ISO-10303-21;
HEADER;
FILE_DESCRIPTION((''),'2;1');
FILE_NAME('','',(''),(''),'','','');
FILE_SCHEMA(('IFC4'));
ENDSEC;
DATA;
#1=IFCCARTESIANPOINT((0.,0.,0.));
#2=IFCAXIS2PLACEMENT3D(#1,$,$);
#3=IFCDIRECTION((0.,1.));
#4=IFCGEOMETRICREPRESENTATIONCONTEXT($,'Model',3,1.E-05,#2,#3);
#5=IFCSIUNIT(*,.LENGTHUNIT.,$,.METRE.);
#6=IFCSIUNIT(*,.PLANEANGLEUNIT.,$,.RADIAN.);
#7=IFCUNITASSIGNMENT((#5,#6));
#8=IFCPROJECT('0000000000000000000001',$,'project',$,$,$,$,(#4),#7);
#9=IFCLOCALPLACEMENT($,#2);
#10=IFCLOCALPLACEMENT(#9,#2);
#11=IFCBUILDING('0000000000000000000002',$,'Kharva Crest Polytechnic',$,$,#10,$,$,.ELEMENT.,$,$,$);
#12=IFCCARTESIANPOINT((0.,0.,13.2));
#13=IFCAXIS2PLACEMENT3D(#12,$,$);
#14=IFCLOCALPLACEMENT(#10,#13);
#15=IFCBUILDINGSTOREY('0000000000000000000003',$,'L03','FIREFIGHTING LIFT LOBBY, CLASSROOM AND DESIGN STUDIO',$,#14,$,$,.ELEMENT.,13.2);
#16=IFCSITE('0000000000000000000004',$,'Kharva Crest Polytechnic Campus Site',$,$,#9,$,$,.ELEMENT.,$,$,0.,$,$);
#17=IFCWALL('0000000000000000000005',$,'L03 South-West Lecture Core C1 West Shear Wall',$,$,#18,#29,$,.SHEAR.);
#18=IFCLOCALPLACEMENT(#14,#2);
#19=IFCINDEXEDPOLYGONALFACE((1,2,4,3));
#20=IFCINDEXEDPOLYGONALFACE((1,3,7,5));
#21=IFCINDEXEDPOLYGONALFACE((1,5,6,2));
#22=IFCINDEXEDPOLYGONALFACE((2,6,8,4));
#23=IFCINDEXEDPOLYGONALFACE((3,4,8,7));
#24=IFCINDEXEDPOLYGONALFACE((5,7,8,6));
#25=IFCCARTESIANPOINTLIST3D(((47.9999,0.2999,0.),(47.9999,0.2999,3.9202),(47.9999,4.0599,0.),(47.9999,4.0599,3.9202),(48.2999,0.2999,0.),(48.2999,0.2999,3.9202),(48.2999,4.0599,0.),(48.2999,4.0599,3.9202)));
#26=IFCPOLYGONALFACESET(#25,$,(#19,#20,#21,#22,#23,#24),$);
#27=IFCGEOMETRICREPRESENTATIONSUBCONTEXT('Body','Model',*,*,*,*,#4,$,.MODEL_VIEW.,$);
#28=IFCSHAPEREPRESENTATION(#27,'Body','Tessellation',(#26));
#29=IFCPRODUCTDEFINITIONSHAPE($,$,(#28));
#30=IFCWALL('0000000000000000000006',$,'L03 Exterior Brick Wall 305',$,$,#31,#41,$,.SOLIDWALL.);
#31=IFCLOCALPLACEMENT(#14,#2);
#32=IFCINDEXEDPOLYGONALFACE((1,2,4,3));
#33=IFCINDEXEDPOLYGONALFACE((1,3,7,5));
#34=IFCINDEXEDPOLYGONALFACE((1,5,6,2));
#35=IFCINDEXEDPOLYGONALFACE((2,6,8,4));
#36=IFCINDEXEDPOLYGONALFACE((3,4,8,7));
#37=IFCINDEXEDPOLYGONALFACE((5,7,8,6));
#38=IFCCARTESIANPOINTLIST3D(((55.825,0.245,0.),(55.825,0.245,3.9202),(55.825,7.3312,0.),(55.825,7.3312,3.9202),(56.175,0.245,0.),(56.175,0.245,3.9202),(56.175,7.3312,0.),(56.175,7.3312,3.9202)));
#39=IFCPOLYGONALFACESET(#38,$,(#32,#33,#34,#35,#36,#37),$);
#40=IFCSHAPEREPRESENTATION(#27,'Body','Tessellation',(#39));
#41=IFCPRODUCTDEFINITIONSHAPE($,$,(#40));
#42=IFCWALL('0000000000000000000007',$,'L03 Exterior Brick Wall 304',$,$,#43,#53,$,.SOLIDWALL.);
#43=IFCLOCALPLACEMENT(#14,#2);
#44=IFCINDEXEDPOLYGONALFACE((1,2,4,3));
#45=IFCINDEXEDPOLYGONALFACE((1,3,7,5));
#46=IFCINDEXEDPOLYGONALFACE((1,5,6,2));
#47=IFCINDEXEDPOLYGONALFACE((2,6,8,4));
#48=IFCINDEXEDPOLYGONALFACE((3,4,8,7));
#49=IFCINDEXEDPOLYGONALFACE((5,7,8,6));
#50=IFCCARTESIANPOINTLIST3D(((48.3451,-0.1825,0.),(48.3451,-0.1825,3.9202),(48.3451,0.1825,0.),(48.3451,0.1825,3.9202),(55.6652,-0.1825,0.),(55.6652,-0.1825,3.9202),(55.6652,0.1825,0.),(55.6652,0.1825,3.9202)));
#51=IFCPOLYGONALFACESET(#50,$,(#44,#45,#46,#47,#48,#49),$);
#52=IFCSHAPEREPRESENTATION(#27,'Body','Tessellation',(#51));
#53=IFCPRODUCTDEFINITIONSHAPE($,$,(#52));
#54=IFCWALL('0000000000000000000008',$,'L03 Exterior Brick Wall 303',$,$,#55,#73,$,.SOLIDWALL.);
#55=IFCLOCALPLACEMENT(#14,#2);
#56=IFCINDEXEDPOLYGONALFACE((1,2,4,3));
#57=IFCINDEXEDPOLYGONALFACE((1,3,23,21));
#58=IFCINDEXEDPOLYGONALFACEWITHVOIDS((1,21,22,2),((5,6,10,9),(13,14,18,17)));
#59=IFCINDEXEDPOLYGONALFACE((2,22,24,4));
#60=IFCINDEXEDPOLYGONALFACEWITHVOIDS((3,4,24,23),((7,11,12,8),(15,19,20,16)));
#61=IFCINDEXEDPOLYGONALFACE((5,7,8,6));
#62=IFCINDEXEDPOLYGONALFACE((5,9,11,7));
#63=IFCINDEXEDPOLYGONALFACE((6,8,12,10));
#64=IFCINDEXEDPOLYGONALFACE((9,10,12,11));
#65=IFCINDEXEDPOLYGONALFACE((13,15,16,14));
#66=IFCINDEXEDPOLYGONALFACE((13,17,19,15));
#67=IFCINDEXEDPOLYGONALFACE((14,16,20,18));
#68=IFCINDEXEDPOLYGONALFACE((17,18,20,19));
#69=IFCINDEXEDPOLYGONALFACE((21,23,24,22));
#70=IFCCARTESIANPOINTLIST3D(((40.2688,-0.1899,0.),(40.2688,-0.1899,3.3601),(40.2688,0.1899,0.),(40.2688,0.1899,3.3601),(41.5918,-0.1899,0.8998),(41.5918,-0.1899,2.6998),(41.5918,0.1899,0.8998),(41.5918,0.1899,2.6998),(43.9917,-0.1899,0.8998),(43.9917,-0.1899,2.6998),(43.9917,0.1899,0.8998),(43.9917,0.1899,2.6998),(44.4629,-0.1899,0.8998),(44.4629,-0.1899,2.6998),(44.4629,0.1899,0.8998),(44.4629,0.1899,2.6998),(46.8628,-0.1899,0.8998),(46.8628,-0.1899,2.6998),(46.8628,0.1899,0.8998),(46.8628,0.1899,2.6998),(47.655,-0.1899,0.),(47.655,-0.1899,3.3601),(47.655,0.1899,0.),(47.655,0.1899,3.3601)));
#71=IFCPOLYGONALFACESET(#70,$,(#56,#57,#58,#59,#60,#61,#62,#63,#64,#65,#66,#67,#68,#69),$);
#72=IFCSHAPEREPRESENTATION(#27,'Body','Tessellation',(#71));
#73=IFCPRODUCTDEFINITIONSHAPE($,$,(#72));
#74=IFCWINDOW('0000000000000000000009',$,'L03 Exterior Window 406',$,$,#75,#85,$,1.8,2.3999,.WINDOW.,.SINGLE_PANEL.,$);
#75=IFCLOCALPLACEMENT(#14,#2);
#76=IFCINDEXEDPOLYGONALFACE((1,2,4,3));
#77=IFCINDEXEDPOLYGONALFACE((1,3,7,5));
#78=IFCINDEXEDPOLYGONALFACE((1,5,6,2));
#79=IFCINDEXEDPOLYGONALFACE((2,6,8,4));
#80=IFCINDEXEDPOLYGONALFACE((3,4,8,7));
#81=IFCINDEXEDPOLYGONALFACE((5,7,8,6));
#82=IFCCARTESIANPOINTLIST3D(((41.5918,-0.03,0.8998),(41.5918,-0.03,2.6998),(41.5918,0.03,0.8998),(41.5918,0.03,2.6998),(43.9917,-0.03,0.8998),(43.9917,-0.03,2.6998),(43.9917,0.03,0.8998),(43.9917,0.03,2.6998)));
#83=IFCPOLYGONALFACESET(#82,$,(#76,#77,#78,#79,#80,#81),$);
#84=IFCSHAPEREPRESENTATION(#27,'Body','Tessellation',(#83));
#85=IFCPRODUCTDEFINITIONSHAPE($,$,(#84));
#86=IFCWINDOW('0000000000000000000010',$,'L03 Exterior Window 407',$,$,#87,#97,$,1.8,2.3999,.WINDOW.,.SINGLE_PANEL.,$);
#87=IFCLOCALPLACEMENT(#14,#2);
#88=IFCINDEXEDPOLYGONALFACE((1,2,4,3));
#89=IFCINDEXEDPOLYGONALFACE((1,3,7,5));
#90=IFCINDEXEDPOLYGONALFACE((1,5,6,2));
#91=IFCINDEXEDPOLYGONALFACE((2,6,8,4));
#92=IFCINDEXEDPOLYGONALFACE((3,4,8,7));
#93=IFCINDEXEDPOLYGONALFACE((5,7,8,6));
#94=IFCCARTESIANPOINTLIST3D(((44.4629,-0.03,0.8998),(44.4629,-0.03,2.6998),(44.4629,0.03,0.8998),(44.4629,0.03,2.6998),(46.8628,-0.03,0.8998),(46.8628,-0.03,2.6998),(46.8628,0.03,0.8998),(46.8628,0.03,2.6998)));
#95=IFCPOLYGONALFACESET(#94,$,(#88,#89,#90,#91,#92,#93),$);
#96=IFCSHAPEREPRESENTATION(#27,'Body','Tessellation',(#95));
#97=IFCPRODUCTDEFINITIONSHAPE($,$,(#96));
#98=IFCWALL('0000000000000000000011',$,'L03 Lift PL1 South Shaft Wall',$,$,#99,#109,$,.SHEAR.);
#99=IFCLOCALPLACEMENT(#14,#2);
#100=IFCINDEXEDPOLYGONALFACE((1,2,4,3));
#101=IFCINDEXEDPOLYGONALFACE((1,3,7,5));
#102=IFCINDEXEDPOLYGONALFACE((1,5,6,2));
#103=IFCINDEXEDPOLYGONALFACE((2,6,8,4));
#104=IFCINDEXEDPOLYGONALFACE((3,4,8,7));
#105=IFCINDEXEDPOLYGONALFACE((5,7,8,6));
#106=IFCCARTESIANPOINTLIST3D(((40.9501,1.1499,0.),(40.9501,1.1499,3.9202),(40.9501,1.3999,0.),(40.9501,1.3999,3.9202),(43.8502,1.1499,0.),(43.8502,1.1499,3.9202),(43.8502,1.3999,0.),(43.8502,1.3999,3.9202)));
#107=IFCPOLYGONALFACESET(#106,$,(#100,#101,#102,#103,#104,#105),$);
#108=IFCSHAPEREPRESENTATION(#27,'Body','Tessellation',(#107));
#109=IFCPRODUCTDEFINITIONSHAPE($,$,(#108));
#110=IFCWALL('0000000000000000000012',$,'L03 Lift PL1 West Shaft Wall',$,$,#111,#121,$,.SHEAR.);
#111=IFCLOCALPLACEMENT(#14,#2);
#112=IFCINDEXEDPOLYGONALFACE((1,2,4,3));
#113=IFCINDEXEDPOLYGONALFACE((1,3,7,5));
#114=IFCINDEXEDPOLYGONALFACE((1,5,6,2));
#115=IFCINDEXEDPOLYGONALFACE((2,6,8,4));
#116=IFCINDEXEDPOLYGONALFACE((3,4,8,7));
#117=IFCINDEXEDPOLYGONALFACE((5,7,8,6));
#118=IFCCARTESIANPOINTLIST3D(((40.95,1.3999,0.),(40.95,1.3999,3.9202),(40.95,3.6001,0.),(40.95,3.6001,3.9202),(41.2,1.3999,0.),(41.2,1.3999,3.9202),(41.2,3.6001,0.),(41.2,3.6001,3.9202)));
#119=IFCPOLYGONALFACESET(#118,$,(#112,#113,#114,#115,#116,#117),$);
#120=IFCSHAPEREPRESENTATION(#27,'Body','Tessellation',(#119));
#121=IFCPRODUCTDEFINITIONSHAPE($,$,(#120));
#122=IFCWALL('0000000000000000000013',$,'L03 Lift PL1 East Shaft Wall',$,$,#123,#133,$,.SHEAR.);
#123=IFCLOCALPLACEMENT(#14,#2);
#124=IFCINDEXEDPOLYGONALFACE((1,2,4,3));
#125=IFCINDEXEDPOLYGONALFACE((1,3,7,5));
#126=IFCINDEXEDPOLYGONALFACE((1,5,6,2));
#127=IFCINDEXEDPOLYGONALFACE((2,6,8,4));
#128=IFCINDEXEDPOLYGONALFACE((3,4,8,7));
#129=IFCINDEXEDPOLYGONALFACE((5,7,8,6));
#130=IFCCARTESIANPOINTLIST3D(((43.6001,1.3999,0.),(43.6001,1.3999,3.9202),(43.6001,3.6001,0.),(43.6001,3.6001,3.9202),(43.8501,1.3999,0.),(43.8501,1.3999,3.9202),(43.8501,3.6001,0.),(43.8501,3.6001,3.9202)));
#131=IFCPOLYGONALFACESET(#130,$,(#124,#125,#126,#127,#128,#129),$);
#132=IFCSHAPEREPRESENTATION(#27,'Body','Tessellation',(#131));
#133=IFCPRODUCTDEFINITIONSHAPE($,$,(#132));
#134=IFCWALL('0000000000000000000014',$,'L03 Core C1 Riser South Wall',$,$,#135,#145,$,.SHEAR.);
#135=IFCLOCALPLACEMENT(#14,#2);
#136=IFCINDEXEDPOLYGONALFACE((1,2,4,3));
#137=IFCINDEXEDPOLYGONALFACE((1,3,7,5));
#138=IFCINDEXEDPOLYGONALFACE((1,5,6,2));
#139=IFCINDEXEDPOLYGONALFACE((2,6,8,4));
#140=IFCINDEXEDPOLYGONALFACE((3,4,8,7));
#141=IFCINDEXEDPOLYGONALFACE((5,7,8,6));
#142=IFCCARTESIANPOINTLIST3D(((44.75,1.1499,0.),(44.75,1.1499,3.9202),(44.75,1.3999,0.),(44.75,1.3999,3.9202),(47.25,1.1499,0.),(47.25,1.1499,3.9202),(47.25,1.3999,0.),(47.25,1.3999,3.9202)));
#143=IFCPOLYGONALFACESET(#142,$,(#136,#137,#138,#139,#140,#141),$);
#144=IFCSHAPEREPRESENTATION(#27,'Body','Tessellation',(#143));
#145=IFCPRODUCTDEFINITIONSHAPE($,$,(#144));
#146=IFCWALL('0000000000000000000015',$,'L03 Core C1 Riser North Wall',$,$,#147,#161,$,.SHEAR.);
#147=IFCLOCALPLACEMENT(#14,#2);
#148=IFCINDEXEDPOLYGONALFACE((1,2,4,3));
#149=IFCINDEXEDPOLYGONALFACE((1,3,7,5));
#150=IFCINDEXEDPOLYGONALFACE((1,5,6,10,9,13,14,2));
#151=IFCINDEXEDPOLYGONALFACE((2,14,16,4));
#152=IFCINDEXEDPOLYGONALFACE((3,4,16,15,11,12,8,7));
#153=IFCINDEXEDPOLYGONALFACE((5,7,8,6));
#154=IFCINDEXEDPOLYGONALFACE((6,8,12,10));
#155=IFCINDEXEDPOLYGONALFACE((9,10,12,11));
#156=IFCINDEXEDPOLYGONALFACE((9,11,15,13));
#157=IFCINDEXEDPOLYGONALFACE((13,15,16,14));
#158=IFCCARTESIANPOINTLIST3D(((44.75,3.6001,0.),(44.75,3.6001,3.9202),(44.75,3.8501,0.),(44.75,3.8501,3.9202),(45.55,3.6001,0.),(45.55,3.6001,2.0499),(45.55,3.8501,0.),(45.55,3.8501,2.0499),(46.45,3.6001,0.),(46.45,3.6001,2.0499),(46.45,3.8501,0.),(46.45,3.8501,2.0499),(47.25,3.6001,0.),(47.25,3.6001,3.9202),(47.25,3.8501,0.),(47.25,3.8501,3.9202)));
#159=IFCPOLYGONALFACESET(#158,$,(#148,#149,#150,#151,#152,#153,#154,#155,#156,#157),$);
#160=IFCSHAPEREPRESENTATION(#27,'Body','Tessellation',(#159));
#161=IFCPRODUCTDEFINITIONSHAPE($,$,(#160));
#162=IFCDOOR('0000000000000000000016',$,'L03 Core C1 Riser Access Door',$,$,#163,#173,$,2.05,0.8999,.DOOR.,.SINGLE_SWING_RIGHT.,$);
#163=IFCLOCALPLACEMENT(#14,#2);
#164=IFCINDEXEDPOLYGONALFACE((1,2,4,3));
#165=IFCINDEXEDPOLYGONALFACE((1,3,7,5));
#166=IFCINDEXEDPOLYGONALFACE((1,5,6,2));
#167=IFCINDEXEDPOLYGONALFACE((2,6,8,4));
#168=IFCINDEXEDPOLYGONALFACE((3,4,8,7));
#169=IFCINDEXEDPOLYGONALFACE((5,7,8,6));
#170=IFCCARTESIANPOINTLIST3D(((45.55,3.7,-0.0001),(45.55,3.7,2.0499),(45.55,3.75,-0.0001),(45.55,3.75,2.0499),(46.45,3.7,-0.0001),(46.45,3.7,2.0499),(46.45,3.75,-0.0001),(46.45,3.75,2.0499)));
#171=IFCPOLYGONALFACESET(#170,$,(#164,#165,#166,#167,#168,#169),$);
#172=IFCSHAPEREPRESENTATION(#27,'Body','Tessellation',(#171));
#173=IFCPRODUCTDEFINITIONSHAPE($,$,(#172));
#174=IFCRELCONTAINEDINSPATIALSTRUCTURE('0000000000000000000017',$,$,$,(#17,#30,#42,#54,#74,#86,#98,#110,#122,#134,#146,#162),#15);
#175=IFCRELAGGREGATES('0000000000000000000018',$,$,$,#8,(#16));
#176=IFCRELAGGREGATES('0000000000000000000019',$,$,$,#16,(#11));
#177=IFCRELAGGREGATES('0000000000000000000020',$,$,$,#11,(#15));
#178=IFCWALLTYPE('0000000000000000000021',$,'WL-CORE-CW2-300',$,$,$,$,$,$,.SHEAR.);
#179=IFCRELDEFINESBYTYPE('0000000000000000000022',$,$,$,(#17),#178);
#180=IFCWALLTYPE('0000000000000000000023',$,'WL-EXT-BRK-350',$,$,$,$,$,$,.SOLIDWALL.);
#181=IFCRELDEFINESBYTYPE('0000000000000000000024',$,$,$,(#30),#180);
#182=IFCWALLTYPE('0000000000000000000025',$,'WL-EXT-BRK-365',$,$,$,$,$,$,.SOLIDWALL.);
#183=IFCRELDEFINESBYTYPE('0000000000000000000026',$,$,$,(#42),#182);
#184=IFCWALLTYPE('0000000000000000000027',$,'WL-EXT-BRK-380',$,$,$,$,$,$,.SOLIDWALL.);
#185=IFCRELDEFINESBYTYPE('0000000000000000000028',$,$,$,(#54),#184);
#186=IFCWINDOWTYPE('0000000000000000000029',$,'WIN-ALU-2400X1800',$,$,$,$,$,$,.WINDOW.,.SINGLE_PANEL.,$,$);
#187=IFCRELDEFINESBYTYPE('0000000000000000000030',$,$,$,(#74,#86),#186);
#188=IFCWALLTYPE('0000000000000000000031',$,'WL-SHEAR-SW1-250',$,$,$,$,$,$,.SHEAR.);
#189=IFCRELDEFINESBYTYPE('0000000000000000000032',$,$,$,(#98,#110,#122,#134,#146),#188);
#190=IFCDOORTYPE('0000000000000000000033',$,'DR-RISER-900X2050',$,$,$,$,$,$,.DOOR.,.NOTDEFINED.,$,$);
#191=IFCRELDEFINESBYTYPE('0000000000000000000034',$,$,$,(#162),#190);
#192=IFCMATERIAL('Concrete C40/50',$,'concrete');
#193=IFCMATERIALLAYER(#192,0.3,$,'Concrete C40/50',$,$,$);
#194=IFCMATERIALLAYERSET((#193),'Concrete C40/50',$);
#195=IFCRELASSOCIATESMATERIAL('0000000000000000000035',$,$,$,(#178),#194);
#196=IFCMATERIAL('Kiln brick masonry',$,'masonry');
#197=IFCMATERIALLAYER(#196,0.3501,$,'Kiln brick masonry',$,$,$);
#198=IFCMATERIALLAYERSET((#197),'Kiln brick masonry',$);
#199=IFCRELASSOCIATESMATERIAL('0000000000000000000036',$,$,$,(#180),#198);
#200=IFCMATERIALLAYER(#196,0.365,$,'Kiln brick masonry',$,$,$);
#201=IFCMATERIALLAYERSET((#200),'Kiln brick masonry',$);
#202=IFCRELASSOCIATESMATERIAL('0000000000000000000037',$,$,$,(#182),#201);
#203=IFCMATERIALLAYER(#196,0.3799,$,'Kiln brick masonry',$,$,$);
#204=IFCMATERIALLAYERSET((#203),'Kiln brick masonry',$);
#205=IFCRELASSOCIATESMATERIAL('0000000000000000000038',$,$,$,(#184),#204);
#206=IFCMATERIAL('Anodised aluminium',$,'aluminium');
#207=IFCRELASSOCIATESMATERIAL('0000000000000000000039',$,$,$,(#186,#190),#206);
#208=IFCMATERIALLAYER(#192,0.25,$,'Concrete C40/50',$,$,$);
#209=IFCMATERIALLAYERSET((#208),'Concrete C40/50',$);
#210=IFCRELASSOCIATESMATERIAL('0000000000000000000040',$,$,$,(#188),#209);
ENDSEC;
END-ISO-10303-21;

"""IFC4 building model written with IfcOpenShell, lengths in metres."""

from ifc_helpers import new_model, si_unit, direction, frame, frame_2d, origin, place, context, subcontext, project, spatial, rectangle, extrude, material, layer, layer_set, type_object, element, fill, save


model = new_model("IFC4")

# Units and contexts
model_context = context("Model", 3, precision=1e-05, world=origin(), true_north=direction((0.0, 1.0)))
body_context = subcontext(model_context, "Body", "Model", "MODEL_VIEW")
ifc_project = project(units=[si_unit("LENGTHUNIT", "METRE"), si_unit("PLANEANGLEUNIT", "RADIAN")], contexts=[model_context])

# Site, building, storey
site_placement = place(None, origin())
site = spatial("IfcSite", under=ifc_project, at=site_placement, Name="Kharva Crest Polytechnic Campus Site", CompositionType="ELEMENT", RefElevation=0.0)
building_placement = place(site_placement, origin())
building = spatial("IfcBuilding", under=site, at=building_placement, Name="Kharva Crest Polytechnic", CompositionType="ELEMENT")
storey_placement = place(building_placement, frame((0.0, 0.0, 13.2)))
storey = spatial("IfcBuildingStorey", under=building, at=storey_placement, Name="L03", Description="FIREFIGHTING LIFT LOBBY, CLASSROOM AND DESIGN STUDIO", CompositionType="ELEMENT", Elevation=13.2)

# Shared definitions
ifc_material_1 = material(Name="Concrete C40/50", Category="concrete")

# Shared definitions
ifc_layer_1 = layer(ifc_material_1, 0.3, Name="Concrete C40/50")
ifc_layer_set_1 = layer_set([ifc_layer_1], Name="Concrete C40/50")
wall_type_1 = type_object("IfcWallType", Name="WL-CORE-CW2-300", PredefinedType="SHEAR", material=ifc_layer_set_1)

# Walls
wall_1_placement = place(storey_placement, frame((48.1499, 0.3, 0.0), z_axis=(0.0, 0.0, 1.0), x_axis=(0.0, 1.0, 0.0)))
element("IfcWall", 1, at=wall_1_placement, inside=storey, type_object=wall_type_1, Name="L03 South-West Lecture Core C1 West Shear Wall", PredefinedType="SHEAR", context=body_context, shape_type="SweptSolid", body=[
    extrude(rectangle(XDim=3.76, YDim=0.3, at=frame_2d((1.8799, 0.0))), origin(), (0.0, 0.0, 1.0), 3.9202),
])
ifc_material_2 = material(Name="Kiln brick masonry", Category="masonry")
ifc_layer_2 = layer(ifc_material_2, 0.3501, Name="Kiln brick masonry")
ifc_layer_set_2 = layer_set([ifc_layer_2], Name="Kiln brick masonry")
wall_type_2 = type_object("IfcWallType", Name="WL-EXT-BRK-350", PredefinedType="SOLIDWALL", material=ifc_layer_set_2)
wall_2_placement = place(storey_placement, frame((56.0, 0.2451, 0.0), z_axis=(0.0, 0.0, 1.0), x_axis=(0.0, 1.0, 0.0)))
element("IfcWall", 2, at=wall_2_placement, inside=storey, type_object=wall_type_2, Name="L03 Exterior Brick Wall 305", PredefinedType="SOLIDWALL", context=body_context, shape_type="SweptSolid", body=[
    extrude(rectangle(XDim=7.0862, YDim=0.3501, at=frame_2d((3.543, 0.0))), origin(), (0.0, 0.0, 1.0), 3.9202),
])
ifc_layer_3 = layer(ifc_material_2, 0.365, Name="Kiln brick masonry")
ifc_layer_set_3 = layer_set([ifc_layer_3], Name="Kiln brick masonry")
wall_type_3 = type_object("IfcWallType", Name="WL-EXT-BRK-365", PredefinedType="SOLIDWALL", material=ifc_layer_set_3)
wall_3_placement = place(storey_placement, frame((48.345, 0.0, 0.0), z_axis=(0.0, 0.0, 1.0), x_axis=(1.0, 0.0, 0.0)))
element("IfcWall", 3, at=wall_3_placement, inside=storey, type_object=wall_type_3, Name="L03 Exterior Brick Wall 304", PredefinedType="SOLIDWALL", context=body_context, shape_type="SweptSolid", body=[
    extrude(rectangle(XDim=7.3201, YDim=0.365, at=frame_2d((3.6602, 0.0))), origin(), (0.0, 0.0, 1.0), 3.9202),
])

# Wall, openings, windows
ifc_layer_4 = layer(ifc_material_2, 0.3799, Name="Kiln brick masonry")
ifc_layer_set_4 = layer_set([ifc_layer_4], Name="Kiln brick masonry")
wall_type_4 = type_object("IfcWallType", Name="WL-EXT-BRK-380", PredefinedType="SOLIDWALL", material=ifc_layer_set_4)
wall_4_placement = place(storey_placement, frame((40.2688, 0.0, 0.0), z_axis=(0.0, 0.0, 1.0), x_axis=(1.0, 0.0, 0.0)))
wall_4 = element("IfcWall", 4, at=wall_4_placement, inside=storey, type_object=wall_type_4, Name="L03 Exterior Brick Wall 303", PredefinedType="SOLIDWALL", context=body_context, shape_type="SweptSolid", body=[
    extrude(rectangle(XDim=7.3862, YDim=0.3799, at=frame_2d((3.6931, 0.0))), origin(), (0.0, 0.0, 1.0), 3.3601),
])
opening_1_placement = place(wall_4_placement, frame((1.323, 0.0, 0.8999)))
opening_1 = element("IfcOpeningElement", 5, at=opening_1_placement, cuts=wall_4, PredefinedType="OPENING", context=body_context, shape_type="SweptSolid", body=[
    extrude(rectangle(XDim=2.3999, YDim=1.8, at=frame_2d((1.2, 0.8999))), frame((0.0, 0.2, 0.0), z_axis=(0.0, -1.0, 0.0), x_axis=(1.0, 0.0, 0.0)), (0.0, 0.0, 1.0), 0.3999),
])
opening_2_placement = place(wall_4_placement, frame((4.1941, 0.0, 0.8999)))
opening_2 = element("IfcOpeningElement", 6, at=opening_2_placement, cuts=wall_4, PredefinedType="OPENING", context=body_context, shape_type="SweptSolid", body=[
    extrude(rectangle(XDim=2.3999, YDim=1.8, at=frame_2d((1.2, 0.8999))), frame((0.0, 0.2, 0.0), z_axis=(0.0, -1.0, 0.0), x_axis=(1.0, 0.0, 0.0)), (0.0, 0.0, 1.0), 0.3999),
])
ifc_material_3 = material(Name="Anodised aluminium", Category="aluminium")
window_type = type_object("IfcWindowType", Name="WIN-ALU-2400X1800", PartitioningType="SINGLE_PANEL", PredefinedType="WINDOW", material=ifc_material_3)
window_1_placement = place(opening_1_placement, origin())
window_1 = element("IfcWindow", 7, at=window_1_placement, inside=storey, type_object=window_type, Name="L03 Exterior Window 406", OverallHeight=1.8, OverallWidth=2.3999, PartitioningType="SINGLE_PANEL", PredefinedType="WINDOW", context=body_context, shape_type="SweptSolid", body=[
    extrude(rectangle(XDim=2.3999, YDim=1.8, at=frame_2d((1.2, 0.8999))), frame((0.0, 0.03, 0.0), z_axis=(0.0, -1.0, 0.0), x_axis=(1.0, 0.0, 0.0)), (0.0, 0.0, 1.0), 0.0601),
])
fill(opening_1, window_1)
window_2_placement = place(opening_2_placement, origin())
window_2 = element("IfcWindow", 8, at=window_2_placement, inside=storey, type_object=window_type, Name="L03 Exterior Window 407", OverallHeight=1.8, OverallWidth=2.3999, PartitioningType="SINGLE_PANEL", PredefinedType="WINDOW", context=body_context, shape_type="SweptSolid", body=[
    extrude(rectangle(XDim=2.3999, YDim=1.8, at=frame_2d((1.2, 0.8999))), frame((0.0, 0.03, 0.0), z_axis=(0.0, -1.0, 0.0), x_axis=(1.0, 0.0, 0.0)), (0.0, 0.0, 1.0), 0.0601),
])
fill(opening_2, window_2)

# Wall
ifc_layer_5 = layer(ifc_material_1, 0.25, Name="Concrete C40/50")
ifc_layer_set_5 = layer_set([ifc_layer_5], Name="Concrete C40/50")
wall_type_5 = type_object("IfcWallType", Name="WL-SHEAR-SW1-250", PredefinedType="SHEAR", material=ifc_layer_set_5)
wall_5_placement = place(storey_placement, frame((40.95, 1.2749, 0.0), z_axis=(0.0, 0.0, 1.0), x_axis=(1.0, 0.0, 0.0)))
element("IfcWall", 9, at=wall_5_placement, inside=storey, type_object=wall_type_5, Name="L03 Lift PL1 South Shaft Wall", PredefinedType="SHEAR", context=body_context, shape_type="SweptSolid", body=[
    extrude(rectangle(XDim=2.9001, YDim=0.25, at=frame_2d((1.4502, 0.0))), origin(), (0.0, 0.0, 1.0), 3.9202),
])

# Walls
for number, where, z_axis, x_axis, name in (
    (10, (41.075, 1.3999, 0.0), (0.0, 0.0, 1.0), (0.0, 1.0, 0.0), "L03 Lift PL1 West Shaft Wall"),
    (11, (43.7251, 1.3999, 0.0), (0.0, 0.0, 1.0), (0.0, 1.0, 0.0), "L03 Lift PL1 East Shaft Wall"),
):
    element("IfcWall", number, at=place(storey_placement, frame(where, z_axis=z_axis, x_axis=x_axis)), inside=storey, type_object=wall_type_5, Name=name, PredefinedType="SHEAR", context=body_context, shape_type="SweptSolid", body=[
        extrude(rectangle(XDim=2.2002, YDim=0.25, at=frame_2d((1.1001, 0.0))), origin(), (0.0, 0.0, 1.0), 3.9202),
    ])
wall_6_placement = place(storey_placement, frame((44.75, 1.2749, 0.0), z_axis=(0.0, 0.0, 1.0), x_axis=(1.0, 0.0, 0.0)))
element("IfcWall", 12, at=wall_6_placement, inside=storey, type_object=wall_type_5, Name="L03 Core C1 Riser South Wall", PredefinedType="SHEAR", context=body_context, shape_type="SweptSolid", body=[
    extrude(rectangle(XDim=2.5, YDim=0.25, at=frame_2d((1.25, 0.0))), origin(), (0.0, 0.0, 1.0), 3.9202),
])

# Wall, opening, door
wall_7_placement = place(storey_placement, frame((44.75, 3.7251, 0.0), z_axis=(0.0, 0.0, 1.0), x_axis=(1.0, 0.0, 0.0)))
wall_7 = element("IfcWall", 13, at=wall_7_placement, inside=storey, type_object=wall_type_5, Name="L03 Core C1 Riser North Wall", PredefinedType="SHEAR", context=body_context, shape_type="SweptSolid", body=[
    extrude(rectangle(XDim=2.5, YDim=0.25, at=frame_2d((1.25, 0.0))), origin(), (0.0, 0.0, 1.0), 3.9202),
])
opening_3_placement = place(wall_7_placement, frame((0.8, 0.0, 0.0)))
opening_3 = element("IfcOpeningElement", 14, at=opening_3_placement, cuts=wall_7, PredefinedType="OPENING", context=body_context, shape_type="SweptSolid", body=[
    extrude(rectangle(XDim=0.8999, YDim=2.05, at=frame_2d((0.45, 1.0249))), frame((0.0, 0.135, 0.0), z_axis=(0.0, -1.0, 0.0), x_axis=(1.0, 0.0, 0.0)), (0.0, 0.0, 1.0), 0.27),
])
door_type_1 = type_object("IfcDoorType", Name="DR-RISER-900X2050", OperationType="NOTDEFINED", PredefinedType="DOOR", material=ifc_material_3)
door_1_placement = place(opening_3_placement, origin())
door_1 = element("IfcDoor", 15, at=door_1_placement, inside=storey, type_object=door_type_1, Name="L03 Core C1 Riser Access Door", OperationType="SINGLE_SWING_RIGHT", OverallHeight=2.05, OverallWidth=0.8999, PredefinedType="DOOR", context=body_context, shape_type="SweptSolid", body=[
    extrude(rectangle(XDim=0.8999, YDim=2.05, at=frame_2d((0.45, 1.0249))), frame((0.0, 0.0249, 0.0), z_axis=(0.0, -1.0, 0.0), x_axis=(1.0, 0.0, 0.0)), (0.0, 0.0, 1.0), 0.05),
])
fill(opening_3, door_1)

save(model, "model.ifc")
